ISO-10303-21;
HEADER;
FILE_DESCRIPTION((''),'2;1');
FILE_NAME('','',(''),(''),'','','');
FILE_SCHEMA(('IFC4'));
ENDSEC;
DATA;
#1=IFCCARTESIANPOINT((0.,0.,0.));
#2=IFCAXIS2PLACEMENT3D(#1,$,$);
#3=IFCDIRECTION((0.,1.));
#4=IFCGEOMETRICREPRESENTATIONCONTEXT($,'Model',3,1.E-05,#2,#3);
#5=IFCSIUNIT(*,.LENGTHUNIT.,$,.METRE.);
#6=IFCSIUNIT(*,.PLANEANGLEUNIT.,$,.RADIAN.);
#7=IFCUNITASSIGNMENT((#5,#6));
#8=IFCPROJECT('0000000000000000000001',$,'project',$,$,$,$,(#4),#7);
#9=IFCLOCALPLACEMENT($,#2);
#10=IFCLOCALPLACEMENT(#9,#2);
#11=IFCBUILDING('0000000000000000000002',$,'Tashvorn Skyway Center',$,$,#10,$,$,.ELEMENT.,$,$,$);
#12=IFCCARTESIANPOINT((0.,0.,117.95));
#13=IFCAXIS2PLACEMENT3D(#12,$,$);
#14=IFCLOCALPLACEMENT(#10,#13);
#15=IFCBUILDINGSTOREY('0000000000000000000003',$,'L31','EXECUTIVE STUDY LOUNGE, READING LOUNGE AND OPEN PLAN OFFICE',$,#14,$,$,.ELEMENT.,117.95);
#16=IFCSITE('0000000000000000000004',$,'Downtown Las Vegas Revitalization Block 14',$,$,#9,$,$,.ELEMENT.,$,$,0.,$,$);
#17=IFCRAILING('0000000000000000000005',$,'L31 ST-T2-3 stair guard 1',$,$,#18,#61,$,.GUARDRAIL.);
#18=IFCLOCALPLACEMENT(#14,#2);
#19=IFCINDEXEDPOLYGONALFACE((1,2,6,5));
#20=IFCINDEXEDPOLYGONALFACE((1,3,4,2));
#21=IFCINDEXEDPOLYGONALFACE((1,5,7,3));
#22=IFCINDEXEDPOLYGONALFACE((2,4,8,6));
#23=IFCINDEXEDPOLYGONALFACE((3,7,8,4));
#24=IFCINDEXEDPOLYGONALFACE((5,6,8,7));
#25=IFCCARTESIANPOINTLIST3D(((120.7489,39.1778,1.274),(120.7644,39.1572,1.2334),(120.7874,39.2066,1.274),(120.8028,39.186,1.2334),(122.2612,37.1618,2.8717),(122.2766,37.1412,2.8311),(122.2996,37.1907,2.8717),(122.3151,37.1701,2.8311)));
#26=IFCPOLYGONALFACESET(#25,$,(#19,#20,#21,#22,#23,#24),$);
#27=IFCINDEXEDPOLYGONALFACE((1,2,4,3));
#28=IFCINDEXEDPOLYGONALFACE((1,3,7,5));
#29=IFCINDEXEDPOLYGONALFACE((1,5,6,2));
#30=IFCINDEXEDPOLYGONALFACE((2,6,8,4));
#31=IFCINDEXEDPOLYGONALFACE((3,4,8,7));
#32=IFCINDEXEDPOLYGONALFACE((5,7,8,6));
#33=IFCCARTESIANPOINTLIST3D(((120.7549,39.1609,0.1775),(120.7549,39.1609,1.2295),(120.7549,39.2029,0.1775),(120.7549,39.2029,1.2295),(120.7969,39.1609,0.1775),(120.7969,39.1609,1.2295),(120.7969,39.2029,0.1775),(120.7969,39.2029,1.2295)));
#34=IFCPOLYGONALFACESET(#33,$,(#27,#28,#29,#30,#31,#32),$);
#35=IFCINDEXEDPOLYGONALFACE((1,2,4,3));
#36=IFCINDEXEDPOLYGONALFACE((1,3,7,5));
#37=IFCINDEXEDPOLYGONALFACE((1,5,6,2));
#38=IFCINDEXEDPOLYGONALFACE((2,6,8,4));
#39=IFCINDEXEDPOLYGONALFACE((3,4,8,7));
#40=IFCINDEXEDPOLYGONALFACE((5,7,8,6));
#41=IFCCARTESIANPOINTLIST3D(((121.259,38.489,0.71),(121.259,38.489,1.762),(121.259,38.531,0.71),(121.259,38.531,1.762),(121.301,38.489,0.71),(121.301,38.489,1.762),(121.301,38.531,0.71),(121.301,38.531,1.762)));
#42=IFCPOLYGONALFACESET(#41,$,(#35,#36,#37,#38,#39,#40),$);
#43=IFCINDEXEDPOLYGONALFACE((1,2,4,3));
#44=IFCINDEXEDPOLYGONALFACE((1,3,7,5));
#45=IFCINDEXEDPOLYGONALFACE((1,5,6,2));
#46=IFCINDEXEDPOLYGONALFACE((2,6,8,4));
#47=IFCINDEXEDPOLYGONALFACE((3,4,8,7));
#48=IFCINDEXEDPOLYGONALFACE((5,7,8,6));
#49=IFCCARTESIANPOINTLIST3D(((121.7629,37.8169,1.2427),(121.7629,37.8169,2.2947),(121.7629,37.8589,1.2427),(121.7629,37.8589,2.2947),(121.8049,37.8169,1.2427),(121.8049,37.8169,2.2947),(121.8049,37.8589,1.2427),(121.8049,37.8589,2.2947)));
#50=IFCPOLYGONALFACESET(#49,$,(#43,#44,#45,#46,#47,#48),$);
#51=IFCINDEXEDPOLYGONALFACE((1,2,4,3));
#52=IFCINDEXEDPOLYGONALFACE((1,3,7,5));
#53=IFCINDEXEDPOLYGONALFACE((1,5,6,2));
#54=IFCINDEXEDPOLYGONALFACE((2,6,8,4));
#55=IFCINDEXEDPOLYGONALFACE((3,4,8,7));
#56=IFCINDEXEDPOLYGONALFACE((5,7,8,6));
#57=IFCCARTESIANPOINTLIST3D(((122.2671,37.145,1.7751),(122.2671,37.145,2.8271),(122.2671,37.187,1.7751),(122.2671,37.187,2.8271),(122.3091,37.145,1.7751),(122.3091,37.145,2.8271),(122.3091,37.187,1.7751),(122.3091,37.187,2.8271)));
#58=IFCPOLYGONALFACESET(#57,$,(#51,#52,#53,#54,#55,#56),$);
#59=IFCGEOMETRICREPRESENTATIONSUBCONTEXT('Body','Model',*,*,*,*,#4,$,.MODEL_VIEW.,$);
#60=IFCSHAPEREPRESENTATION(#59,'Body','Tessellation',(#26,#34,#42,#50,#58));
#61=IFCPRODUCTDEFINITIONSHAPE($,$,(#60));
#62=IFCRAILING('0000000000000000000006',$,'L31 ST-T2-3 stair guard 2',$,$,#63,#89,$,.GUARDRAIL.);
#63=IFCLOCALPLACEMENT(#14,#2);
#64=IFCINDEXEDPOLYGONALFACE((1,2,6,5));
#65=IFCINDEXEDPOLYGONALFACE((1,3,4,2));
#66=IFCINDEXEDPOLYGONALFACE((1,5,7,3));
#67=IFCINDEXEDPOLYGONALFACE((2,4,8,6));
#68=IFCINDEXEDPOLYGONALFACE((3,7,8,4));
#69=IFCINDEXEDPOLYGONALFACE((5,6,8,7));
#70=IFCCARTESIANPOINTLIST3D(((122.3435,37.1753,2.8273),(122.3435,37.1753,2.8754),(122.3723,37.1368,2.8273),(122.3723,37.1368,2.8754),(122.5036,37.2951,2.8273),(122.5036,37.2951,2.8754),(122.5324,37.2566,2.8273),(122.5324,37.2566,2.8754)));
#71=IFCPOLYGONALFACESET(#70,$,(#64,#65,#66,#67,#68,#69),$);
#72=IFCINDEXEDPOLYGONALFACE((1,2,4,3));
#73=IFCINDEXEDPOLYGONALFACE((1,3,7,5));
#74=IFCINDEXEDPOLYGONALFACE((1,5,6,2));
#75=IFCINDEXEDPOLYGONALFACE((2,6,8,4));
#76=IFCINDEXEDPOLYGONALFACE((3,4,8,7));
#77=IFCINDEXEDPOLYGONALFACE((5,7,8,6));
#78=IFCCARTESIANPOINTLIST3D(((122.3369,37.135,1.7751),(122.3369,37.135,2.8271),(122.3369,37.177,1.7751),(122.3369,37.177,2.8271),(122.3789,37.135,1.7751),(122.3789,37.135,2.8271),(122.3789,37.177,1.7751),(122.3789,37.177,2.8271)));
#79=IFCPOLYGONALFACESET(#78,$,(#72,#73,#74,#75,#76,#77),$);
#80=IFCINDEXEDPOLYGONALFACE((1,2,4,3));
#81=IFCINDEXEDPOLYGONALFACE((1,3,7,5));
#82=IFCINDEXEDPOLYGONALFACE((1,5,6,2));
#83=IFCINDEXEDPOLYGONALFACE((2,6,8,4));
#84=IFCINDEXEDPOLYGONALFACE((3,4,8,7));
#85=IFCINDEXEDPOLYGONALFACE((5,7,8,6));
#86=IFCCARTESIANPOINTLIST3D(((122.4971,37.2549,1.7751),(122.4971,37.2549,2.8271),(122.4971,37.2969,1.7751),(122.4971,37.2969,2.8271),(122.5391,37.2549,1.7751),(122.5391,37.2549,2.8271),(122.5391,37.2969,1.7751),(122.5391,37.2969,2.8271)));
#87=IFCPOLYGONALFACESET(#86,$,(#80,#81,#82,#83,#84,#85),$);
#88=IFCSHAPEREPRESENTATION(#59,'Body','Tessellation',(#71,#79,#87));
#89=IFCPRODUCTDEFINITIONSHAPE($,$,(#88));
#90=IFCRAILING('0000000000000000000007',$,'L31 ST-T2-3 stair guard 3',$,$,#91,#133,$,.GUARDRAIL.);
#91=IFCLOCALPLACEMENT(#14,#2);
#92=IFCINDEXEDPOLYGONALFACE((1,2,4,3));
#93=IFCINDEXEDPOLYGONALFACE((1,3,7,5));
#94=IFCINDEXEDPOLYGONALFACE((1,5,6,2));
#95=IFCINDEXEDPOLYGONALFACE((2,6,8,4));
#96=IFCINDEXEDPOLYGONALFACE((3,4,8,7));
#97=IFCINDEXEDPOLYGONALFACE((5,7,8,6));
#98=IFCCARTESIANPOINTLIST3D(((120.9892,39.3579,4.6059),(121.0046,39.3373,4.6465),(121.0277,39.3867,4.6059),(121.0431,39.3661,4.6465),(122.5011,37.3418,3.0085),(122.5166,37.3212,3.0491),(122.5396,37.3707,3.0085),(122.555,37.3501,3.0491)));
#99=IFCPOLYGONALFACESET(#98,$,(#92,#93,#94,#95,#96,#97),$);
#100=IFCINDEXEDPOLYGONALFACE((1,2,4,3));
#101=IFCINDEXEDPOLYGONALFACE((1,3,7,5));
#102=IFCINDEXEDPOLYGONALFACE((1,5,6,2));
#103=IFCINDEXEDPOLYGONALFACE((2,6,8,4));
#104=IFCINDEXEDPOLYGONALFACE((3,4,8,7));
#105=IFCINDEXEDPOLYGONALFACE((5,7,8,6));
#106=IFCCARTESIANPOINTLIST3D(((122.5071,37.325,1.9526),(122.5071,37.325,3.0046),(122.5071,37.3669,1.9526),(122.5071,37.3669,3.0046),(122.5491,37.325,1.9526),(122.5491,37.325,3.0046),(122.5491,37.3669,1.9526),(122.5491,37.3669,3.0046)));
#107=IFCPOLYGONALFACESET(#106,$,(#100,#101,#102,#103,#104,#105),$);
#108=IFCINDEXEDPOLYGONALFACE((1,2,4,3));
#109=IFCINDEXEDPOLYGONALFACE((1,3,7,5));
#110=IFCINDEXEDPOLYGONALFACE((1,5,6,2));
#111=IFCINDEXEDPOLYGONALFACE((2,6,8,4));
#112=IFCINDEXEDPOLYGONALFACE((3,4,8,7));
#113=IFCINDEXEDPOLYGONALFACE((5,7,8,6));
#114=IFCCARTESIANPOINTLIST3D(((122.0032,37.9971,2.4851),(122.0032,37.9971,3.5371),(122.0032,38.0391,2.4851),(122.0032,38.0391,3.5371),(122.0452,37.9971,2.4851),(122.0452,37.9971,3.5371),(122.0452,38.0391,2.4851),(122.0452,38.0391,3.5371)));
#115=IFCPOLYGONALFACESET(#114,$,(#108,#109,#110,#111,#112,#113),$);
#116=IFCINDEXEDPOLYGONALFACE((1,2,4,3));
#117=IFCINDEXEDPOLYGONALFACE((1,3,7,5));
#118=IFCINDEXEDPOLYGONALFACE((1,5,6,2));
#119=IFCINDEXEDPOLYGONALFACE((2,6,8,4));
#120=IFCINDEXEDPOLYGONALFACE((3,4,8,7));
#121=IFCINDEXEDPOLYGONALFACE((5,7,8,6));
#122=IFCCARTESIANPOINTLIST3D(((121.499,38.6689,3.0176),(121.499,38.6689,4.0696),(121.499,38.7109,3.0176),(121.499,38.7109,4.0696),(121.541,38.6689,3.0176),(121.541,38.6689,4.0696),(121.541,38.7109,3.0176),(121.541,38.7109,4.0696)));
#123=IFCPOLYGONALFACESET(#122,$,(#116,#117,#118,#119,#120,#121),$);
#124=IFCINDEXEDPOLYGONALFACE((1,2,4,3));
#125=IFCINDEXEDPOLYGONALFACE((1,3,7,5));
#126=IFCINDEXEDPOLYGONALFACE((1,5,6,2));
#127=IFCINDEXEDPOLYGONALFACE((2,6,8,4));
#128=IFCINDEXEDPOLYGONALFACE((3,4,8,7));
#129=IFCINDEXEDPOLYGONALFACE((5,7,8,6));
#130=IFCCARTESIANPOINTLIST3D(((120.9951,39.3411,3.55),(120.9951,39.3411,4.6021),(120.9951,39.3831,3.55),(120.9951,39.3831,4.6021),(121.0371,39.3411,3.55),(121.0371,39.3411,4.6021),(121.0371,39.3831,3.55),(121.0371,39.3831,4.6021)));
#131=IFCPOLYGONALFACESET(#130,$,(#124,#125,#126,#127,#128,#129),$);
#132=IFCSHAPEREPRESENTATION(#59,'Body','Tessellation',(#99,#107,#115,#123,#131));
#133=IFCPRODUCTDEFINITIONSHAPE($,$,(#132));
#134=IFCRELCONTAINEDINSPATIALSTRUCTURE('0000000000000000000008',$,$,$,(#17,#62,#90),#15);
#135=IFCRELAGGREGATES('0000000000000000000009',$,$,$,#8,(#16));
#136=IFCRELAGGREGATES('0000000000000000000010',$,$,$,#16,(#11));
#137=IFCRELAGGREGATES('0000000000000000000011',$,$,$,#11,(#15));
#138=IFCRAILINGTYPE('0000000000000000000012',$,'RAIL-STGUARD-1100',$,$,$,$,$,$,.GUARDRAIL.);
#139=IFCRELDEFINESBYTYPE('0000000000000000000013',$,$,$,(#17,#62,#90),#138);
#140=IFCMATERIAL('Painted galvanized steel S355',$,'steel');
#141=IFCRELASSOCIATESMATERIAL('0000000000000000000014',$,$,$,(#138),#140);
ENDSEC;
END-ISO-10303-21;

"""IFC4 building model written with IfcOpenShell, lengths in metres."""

from ifc_helpers import new_model, si_unit, direction, frame, origin, origin_2d, place, context, subcontext, project, spatial, rectangle, extrude, material, type_object, element, save


model = new_model("IFC4")

# Units and contexts
model_context = context("Model", 3, precision=1e-05, world=origin(), true_north=direction((0.0, 1.0)))
body_context = subcontext(model_context, "Body", "Model", "MODEL_VIEW")
ifc_project = project(units=[si_unit("LENGTHUNIT", "METRE"), si_unit("PLANEANGLEUNIT", "RADIAN")], contexts=[model_context])

# Site, building, storey
site_placement = place(None, origin())
site = spatial("IfcSite", under=ifc_project, at=site_placement, Name="Downtown Las Vegas Revitalization Block 14", CompositionType="ELEMENT", RefElevation=0.0)
building_placement = place(site_placement, origin())
building = spatial("IfcBuilding", under=site, at=building_placement, Name="Tashvorn Skyway Center", CompositionType="ELEMENT")
storey_placement = place(building_placement, frame((0.0, 0.0, 117.95)))
storey = spatial("IfcBuildingStorey", under=building, at=storey_placement, Name="L31", Description="EXECUTIVE STUDY LOUNGE, READING LOUNGE AND OPEN PLAN OFFICE", CompositionType="ELEMENT", Elevation=117.95)

# Railings
ifc_material_1 = material(Name="Painted galvanized steel S355", Category="steel")
railing_type_1 = type_object("IfcRailingType", Name="RAIL-STGUARD-1100", PredefinedType="GUARDRAIL", material=ifc_material_1)
railing_1_placement = place(storey_placement, frame((120.7759, 39.1819, 0.1775)))
element("IfcRailing", 1, at=railing_1_placement, inside=storey, type_object=railing_type_1, Name="L31 ST-T2-3 stair guard 1", PredefinedType="GUARDRAIL", context=body_context, shape_type="SweptSolid", body=[
    extrude(rectangle(XDim=0.0481, YDim=0.0481, at=origin_2d()), frame((0.0, 0.0, 1.0762), z_axis=(0.506807, -0.675607, 0.535445), x_axis=(0.799942, 0.600078, 0.0)), (0.0, 0.0, 1.0), 2.9839),
    extrude(rectangle(XDim=0.042, YDim=0.042, at=origin_2d()), origin(), (0.0, 0.0, 1.0), 1.052),
    extrude(rectangle(XDim=0.042, YDim=0.042, at=origin_2d()), frame((0.5042, -0.6719, 0.5325)), (0.0, 0.0, 1.0), 1.052),
    extrude(rectangle(XDim=0.042, YDim=0.042, at=origin_2d()), frame((1.0081, -1.344, 1.0652)), (0.0, 0.0, 1.0), 1.052),
    extrude(rectangle(XDim=0.042, YDim=0.042, at=origin_2d()), frame((1.5122, -2.0159, 1.5977)), (0.0, 0.0, 1.0), 1.052),
])
railing_2_placement = place(storey_placement, frame((122.3579, 37.156, 1.7751)))
element("IfcRailing", 2, at=railing_2_placement, inside=storey, type_object=railing_type_1, Name="L31 ST-T2-3 stair guard 2", PredefinedType="GUARDRAIL", context=body_context, shape_type="SweptSolid", body=[
    extrude(rectangle(XDim=0.0481, YDim=0.0481, at=origin_2d()), frame((0.0, 0.0, 1.0762), z_axis=(0.800585, 0.599219, 0.0), x_axis=(-0.599219, 0.800585, 0.0)), (0.0, 0.0, 1.0), 0.2),
    extrude(rectangle(XDim=0.042, YDim=0.042, at=origin_2d()), origin(), (0.0, 0.0, 1.0), 1.052),
    extrude(rectangle(XDim=0.042, YDim=0.042, at=origin_2d()), frame((0.1602, 0.1199, 0.0)), (0.0, 0.0, 1.0), 1.052),
])
railing_3_placement = place(storey_placement, frame((122.5281, 37.3459, 1.9526)))
element("IfcRailing", 3, at=railing_3_placement, inside=storey, type_object=railing_type_1, Name="L31 ST-T2-3 stair guard 3", PredefinedType="GUARDRAIL", context=body_context, shape_type="SweptSolid", body=[
    extrude(rectangle(XDim=0.0481, YDim=0.0481, at=origin_2d()), frame((0.0, 0.0, 1.0762), z_axis=(-0.506741, 0.675709, 0.535379), x_axis=(-0.800023, -0.599969, 0.0)), (0.0, 0.0, 1.0), 2.9836),
    extrude(rectangle(XDim=0.042, YDim=0.042, at=origin_2d()), origin(), (0.0, 0.0, 1.0), 1.052),
    extrude(rectangle(XDim=0.042, YDim=0.042, at=origin_2d()), frame((-0.5039, 0.6721, 0.5325)), (0.0, 0.0, 1.0), 1.052),
    extrude(rectangle(XDim=0.042, YDim=0.042, at=origin_2d()), frame((-1.0081, 1.344, 1.0649)), (0.0, 0.0, 1.0), 1.052),
    extrude(rectangle(XDim=0.042, YDim=0.042, at=origin_2d()), frame((-1.512, 2.0161, 1.5974)), (0.0, 0.0, 1.0), 1.052),
])

save(model, "model.ifc")
